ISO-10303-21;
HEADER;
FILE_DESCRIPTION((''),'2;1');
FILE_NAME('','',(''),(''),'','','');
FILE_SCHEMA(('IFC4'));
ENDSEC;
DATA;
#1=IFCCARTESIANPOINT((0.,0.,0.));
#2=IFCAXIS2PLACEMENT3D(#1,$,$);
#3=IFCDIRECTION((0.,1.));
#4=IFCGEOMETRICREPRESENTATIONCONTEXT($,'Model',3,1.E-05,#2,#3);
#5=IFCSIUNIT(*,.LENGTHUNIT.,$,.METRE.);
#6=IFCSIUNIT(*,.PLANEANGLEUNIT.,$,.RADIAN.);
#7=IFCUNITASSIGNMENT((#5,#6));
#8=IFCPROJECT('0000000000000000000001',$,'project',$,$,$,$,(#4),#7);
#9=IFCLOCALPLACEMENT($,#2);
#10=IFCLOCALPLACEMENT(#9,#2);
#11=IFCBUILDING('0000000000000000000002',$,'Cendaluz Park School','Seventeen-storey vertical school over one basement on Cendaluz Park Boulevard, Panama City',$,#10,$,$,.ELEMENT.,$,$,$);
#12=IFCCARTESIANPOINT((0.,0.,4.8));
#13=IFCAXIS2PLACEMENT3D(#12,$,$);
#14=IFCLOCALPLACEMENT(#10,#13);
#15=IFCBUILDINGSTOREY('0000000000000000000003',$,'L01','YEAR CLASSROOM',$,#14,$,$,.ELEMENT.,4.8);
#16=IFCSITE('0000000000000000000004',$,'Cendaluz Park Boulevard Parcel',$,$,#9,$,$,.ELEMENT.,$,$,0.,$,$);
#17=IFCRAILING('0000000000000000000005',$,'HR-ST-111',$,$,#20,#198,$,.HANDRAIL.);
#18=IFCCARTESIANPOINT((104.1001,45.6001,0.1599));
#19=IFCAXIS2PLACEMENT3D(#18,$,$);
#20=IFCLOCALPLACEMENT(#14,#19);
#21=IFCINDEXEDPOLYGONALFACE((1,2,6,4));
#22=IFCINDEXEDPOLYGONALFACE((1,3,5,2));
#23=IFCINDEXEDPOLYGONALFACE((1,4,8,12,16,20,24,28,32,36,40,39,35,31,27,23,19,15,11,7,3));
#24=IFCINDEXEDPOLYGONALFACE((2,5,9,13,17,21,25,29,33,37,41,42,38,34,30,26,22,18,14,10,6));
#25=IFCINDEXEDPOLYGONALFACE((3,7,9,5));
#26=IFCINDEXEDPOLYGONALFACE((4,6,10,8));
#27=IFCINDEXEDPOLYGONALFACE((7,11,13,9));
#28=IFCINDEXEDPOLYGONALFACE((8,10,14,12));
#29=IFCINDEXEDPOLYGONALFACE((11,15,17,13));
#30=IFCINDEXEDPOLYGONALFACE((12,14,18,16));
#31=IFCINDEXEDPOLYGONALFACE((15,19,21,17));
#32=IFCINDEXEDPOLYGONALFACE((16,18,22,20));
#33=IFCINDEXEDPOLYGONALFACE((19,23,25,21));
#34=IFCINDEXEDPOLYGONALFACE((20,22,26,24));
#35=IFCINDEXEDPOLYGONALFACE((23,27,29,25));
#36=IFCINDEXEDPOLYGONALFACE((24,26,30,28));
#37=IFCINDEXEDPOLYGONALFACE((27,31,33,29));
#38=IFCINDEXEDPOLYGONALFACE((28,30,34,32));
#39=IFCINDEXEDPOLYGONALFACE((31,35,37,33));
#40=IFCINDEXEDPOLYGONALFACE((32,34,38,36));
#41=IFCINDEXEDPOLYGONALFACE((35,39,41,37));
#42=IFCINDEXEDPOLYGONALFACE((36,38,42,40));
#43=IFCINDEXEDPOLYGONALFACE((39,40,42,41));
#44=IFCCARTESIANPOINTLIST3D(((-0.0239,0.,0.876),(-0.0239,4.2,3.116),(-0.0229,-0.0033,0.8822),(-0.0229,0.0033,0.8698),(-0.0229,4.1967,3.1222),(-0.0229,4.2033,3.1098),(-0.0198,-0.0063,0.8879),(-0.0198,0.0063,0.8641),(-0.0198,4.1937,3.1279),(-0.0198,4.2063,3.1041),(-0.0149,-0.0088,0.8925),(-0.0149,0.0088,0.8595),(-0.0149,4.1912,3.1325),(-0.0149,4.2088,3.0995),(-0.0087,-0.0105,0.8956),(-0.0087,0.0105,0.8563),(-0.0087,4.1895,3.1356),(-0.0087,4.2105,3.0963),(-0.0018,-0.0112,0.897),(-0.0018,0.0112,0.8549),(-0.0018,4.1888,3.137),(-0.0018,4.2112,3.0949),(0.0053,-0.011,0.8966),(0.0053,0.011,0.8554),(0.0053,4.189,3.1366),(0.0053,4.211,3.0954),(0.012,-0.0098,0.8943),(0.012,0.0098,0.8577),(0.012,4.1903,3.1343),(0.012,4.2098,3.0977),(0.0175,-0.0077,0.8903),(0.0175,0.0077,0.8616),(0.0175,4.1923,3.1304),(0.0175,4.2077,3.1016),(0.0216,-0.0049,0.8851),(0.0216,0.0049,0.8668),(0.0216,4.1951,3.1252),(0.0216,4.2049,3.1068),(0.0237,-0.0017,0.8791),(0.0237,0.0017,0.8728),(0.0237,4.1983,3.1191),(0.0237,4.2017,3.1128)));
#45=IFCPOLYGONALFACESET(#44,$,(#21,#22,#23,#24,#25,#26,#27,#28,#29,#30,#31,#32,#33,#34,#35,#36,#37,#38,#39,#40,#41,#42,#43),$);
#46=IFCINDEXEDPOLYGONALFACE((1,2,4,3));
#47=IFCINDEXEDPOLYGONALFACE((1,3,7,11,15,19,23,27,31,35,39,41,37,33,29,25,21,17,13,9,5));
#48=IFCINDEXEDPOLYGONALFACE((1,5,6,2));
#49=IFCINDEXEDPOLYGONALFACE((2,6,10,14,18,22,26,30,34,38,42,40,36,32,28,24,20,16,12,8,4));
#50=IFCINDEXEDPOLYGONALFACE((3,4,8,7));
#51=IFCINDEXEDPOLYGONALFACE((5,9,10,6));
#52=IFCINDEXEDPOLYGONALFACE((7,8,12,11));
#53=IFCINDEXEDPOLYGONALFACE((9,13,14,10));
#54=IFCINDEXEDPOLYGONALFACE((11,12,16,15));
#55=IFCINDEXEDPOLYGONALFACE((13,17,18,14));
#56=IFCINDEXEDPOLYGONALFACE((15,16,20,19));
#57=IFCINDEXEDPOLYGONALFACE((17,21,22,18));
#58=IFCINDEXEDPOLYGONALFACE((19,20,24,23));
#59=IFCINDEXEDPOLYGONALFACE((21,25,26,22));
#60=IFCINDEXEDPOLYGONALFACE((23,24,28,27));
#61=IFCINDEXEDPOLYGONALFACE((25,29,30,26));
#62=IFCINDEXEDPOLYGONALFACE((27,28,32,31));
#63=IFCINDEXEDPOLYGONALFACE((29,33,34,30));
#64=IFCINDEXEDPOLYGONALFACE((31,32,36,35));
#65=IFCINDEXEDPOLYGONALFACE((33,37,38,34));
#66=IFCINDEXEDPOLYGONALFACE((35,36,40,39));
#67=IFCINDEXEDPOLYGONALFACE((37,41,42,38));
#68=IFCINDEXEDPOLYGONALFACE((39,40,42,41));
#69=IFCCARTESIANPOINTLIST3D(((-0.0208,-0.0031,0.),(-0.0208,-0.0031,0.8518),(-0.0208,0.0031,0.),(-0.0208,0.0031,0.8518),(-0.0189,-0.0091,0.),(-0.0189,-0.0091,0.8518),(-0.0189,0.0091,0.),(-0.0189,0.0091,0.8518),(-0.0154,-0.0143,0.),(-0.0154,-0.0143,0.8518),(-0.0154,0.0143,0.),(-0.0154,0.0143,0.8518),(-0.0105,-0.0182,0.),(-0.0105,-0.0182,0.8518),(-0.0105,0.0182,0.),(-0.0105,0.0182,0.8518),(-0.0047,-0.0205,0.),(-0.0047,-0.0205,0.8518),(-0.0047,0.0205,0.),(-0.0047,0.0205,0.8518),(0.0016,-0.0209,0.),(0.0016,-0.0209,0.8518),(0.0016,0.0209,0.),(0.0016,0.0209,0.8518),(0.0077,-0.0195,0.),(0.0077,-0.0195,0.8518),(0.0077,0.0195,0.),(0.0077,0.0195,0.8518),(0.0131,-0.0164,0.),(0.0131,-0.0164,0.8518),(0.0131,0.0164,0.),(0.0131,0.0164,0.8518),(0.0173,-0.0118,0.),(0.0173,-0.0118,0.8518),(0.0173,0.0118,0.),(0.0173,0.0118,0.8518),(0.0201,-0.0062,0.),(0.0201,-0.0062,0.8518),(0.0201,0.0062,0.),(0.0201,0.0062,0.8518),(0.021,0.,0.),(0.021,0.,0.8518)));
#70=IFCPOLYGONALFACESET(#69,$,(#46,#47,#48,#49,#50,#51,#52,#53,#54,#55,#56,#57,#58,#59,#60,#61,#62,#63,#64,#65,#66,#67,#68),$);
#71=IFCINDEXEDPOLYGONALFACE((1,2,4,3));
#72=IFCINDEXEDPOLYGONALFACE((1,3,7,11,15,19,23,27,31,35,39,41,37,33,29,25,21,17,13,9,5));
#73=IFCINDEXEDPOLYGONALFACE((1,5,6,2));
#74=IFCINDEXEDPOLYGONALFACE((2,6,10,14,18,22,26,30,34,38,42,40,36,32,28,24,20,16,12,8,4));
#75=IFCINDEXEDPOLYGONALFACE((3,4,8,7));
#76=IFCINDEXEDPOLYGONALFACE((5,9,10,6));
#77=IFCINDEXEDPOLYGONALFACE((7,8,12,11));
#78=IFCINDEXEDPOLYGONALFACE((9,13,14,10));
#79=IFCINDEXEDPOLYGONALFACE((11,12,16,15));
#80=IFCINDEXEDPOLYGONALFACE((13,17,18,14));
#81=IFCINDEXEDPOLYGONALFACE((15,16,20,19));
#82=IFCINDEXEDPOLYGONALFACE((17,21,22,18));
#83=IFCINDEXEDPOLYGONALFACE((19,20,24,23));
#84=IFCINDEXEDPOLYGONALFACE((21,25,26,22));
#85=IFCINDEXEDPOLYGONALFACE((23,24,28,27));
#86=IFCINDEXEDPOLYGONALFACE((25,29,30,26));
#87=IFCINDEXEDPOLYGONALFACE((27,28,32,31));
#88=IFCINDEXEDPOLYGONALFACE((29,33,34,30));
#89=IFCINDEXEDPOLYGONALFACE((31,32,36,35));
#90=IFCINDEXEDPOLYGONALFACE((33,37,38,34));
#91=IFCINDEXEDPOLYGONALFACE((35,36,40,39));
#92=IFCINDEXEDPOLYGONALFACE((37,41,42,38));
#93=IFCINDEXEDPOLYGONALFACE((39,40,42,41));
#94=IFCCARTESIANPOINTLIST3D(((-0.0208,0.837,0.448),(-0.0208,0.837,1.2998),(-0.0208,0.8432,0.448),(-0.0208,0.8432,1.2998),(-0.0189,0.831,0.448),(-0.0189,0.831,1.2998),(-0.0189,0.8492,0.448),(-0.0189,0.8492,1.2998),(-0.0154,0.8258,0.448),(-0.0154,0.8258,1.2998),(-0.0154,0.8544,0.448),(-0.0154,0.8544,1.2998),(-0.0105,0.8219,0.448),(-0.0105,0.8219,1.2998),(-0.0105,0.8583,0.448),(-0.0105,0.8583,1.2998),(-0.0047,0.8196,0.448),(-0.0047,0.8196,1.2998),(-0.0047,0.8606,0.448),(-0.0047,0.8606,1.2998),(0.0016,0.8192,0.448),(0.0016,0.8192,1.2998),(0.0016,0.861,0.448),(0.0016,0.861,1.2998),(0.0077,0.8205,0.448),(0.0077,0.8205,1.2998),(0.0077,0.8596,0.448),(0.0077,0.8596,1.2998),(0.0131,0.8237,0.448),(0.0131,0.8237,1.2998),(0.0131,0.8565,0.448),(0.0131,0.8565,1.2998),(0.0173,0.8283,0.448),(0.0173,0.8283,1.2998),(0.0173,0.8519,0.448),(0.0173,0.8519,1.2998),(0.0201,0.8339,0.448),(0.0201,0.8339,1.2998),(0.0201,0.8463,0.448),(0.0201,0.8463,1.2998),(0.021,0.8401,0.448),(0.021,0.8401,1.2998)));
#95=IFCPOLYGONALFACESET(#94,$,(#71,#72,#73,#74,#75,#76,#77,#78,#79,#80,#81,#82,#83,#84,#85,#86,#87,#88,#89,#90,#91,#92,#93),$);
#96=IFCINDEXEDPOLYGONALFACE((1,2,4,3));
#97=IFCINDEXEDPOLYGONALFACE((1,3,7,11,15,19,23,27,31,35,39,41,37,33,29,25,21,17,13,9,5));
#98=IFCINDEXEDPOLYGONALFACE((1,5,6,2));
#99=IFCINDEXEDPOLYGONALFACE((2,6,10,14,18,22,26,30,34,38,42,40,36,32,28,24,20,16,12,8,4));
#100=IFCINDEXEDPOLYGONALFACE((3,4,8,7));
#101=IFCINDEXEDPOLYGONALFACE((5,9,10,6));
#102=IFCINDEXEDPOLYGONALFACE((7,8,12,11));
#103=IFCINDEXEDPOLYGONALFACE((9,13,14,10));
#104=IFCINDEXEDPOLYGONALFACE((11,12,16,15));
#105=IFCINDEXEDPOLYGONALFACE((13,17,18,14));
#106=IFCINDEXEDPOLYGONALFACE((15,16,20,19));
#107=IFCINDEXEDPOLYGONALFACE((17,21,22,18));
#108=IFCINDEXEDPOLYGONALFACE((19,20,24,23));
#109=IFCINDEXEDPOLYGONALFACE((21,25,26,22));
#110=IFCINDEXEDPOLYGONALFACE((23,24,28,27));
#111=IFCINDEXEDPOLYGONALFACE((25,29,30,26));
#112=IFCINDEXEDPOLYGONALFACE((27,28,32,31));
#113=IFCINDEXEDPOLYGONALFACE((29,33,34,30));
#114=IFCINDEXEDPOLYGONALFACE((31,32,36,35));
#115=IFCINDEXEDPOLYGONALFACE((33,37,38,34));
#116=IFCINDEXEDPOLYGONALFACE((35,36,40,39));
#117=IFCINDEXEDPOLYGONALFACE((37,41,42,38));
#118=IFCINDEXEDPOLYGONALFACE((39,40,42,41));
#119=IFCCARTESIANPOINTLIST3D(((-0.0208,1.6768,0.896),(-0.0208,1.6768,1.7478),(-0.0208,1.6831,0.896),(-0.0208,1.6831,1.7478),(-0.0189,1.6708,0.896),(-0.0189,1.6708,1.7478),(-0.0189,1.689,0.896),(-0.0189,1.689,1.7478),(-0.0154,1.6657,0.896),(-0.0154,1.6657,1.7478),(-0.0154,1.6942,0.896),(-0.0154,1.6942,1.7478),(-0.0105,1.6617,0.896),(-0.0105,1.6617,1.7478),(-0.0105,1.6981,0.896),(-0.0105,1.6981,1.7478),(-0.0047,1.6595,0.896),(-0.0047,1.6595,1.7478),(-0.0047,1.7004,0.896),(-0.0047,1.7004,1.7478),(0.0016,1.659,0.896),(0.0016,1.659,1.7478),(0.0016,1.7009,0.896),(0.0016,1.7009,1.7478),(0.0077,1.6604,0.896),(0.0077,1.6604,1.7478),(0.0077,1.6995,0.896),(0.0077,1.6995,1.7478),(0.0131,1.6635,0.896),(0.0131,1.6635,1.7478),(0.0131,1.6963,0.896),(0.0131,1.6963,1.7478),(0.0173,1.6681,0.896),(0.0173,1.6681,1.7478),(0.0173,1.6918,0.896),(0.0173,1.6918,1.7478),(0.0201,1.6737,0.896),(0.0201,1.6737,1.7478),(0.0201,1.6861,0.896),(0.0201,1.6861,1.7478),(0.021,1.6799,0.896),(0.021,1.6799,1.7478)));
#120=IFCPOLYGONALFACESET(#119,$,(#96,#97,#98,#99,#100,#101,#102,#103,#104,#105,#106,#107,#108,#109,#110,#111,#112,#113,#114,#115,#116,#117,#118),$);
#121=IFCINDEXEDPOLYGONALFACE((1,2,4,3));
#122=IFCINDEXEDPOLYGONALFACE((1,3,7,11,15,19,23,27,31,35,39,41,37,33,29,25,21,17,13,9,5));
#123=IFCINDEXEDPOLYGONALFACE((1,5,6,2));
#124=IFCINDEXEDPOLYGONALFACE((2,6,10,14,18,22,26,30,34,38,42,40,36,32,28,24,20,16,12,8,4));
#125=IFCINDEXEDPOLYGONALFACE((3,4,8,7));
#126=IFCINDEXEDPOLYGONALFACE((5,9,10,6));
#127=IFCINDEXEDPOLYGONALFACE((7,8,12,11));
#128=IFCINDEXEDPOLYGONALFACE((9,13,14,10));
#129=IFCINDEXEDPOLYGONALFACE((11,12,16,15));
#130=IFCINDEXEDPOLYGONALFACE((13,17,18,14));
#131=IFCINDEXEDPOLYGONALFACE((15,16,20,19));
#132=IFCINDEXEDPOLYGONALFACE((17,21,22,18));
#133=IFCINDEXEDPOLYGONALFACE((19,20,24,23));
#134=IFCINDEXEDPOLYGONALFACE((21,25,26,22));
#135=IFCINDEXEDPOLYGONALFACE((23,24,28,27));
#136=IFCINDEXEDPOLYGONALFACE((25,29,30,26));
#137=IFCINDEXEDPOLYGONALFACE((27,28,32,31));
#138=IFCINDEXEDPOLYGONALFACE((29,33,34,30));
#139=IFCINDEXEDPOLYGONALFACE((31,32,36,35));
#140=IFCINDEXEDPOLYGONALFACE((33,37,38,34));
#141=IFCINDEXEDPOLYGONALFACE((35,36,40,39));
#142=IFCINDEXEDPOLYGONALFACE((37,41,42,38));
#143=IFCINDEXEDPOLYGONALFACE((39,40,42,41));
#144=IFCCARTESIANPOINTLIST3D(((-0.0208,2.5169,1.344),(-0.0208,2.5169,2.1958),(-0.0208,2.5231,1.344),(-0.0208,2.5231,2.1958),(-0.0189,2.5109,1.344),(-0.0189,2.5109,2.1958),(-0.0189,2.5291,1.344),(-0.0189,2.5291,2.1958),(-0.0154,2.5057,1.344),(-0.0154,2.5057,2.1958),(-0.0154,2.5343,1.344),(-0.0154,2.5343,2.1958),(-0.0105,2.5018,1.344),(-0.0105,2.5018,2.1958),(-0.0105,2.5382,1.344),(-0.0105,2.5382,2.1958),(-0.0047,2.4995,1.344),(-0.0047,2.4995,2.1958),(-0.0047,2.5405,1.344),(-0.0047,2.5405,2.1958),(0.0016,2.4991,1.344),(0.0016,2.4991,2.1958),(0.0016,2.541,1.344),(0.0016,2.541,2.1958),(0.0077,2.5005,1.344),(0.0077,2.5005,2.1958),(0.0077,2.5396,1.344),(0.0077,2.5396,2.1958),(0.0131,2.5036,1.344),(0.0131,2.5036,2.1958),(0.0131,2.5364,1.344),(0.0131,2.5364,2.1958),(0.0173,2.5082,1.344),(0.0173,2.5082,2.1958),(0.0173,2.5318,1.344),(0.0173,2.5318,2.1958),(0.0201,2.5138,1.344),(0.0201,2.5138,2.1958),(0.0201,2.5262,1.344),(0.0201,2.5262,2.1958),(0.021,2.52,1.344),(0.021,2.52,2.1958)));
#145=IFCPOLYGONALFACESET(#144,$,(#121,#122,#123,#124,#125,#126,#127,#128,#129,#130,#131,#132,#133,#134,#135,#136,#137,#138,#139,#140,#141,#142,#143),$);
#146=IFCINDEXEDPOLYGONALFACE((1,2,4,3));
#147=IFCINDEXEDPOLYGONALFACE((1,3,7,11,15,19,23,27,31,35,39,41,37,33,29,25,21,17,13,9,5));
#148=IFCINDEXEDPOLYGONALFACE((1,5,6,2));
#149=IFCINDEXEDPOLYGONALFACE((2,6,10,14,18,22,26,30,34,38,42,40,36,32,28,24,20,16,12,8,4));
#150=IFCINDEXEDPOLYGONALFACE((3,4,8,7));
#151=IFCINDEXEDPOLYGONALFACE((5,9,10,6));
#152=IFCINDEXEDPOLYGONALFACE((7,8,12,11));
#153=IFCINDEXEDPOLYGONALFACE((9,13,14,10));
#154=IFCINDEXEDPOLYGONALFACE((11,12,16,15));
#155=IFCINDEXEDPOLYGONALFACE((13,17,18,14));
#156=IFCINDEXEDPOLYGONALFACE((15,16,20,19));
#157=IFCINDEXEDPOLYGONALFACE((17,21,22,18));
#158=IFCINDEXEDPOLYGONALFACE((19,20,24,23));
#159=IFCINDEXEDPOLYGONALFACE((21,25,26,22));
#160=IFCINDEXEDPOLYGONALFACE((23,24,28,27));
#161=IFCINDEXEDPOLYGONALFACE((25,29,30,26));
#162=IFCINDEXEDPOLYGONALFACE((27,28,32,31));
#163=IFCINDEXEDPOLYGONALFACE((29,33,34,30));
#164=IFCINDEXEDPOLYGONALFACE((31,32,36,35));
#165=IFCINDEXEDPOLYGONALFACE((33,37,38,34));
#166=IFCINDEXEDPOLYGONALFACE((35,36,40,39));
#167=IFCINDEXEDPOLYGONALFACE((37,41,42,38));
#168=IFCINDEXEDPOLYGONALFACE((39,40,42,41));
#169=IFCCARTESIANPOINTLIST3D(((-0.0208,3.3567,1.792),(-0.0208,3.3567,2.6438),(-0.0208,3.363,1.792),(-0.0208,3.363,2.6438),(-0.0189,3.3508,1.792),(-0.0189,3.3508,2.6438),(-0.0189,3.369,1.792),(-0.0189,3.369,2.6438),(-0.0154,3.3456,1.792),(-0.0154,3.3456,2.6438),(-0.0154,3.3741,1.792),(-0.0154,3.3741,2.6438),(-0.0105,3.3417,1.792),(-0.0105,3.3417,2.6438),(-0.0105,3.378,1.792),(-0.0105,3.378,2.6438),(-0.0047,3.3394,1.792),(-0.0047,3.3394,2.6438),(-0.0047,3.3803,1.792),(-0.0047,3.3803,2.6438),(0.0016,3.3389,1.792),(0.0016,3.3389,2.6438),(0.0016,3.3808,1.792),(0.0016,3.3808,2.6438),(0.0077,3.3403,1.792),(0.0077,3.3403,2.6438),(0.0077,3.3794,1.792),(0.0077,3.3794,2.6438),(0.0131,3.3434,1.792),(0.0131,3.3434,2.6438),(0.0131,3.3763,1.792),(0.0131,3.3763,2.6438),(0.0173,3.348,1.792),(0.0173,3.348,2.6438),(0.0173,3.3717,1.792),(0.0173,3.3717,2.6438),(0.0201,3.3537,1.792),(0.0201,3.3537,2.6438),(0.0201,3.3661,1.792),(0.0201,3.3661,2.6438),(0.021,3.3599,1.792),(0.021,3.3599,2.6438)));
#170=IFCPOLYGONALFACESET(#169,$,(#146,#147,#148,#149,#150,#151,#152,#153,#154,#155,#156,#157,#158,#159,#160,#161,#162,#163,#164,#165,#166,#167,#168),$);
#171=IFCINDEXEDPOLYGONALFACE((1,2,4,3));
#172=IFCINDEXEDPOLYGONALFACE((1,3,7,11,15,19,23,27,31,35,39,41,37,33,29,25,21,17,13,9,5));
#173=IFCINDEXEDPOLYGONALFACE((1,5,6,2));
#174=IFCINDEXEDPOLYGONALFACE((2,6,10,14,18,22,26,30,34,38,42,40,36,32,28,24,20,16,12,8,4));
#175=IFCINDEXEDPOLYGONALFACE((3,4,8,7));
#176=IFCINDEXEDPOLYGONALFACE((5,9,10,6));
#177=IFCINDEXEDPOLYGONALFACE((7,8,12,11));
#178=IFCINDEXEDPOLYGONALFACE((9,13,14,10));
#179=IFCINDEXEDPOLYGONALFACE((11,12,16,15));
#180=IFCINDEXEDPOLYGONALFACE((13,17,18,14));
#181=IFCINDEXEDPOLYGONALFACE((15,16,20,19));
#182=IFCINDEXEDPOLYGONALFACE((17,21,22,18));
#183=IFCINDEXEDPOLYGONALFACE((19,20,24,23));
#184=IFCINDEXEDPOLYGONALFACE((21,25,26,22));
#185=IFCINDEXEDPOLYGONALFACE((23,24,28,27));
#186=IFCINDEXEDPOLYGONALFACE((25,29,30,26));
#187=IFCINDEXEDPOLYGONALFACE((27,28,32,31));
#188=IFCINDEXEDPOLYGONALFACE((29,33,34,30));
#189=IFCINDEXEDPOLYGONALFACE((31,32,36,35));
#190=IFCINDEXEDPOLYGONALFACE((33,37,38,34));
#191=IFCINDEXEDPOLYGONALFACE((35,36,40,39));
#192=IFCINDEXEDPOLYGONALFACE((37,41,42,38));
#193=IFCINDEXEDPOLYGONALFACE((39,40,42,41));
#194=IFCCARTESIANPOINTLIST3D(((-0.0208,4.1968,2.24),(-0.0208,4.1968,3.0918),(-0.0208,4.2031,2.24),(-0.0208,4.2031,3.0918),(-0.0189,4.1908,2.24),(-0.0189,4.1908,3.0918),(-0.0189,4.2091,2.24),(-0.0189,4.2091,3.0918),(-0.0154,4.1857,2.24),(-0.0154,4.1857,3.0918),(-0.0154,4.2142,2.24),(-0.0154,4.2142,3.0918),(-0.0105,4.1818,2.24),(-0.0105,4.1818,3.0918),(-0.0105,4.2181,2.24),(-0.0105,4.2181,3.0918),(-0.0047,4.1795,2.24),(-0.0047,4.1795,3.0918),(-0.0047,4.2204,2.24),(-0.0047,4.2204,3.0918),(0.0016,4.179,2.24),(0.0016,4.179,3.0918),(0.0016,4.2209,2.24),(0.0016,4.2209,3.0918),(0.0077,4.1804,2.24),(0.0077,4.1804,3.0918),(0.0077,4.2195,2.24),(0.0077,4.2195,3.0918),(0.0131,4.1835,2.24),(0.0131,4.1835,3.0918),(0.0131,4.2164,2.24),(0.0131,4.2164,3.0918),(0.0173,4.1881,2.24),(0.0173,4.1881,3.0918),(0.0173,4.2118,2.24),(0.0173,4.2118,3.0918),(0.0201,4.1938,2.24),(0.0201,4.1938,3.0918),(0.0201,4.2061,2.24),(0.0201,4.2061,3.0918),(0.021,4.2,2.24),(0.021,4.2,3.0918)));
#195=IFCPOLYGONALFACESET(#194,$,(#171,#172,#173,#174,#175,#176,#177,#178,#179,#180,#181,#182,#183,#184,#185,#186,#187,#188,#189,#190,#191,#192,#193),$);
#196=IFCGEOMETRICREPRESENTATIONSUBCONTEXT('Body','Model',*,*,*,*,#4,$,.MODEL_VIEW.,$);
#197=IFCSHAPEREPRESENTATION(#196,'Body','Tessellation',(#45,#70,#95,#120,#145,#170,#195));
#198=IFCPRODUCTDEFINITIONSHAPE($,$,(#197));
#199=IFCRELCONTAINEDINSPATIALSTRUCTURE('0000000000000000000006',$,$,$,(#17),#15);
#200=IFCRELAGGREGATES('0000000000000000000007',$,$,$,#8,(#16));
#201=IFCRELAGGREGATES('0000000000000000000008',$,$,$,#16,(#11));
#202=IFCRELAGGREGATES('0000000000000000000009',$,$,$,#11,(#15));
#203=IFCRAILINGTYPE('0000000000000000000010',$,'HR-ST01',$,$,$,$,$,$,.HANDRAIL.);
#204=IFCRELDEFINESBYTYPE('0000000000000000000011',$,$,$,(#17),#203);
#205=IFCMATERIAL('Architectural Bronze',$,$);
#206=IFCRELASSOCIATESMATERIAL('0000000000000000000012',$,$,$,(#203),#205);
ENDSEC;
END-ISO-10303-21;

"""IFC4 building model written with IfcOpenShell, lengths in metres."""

from ifc_helpers import new_model, si_unit, direction, frame, origin, origin_2d, place, context, subcontext, project, spatial, circle, extrude, material, type_object, element, save


model = new_model("IFC4")

# Units and contexts
model_context = context("Model", 3, precision=1e-05, world=origin(), true_north=direction((0.0, 1.0)))
body_context = subcontext(model_context, "Body", "Model", "MODEL_VIEW")
ifc_project = project(units=[si_unit("LENGTHUNIT", "METRE"), si_unit("PLANEANGLEUNIT", "RADIAN")], contexts=[model_context])

# Site, building, storey
site_placement = place(None, origin())
site = spatial("IfcSite", under=ifc_project, at=site_placement, Name="Cendaluz Park Boulevard Parcel", CompositionType="ELEMENT", RefElevation=0.0)
building_placement = place(site_placement, origin())
building = spatial("IfcBuilding", under=site, at=building_placement, Name="Cendaluz Park School", Description="Seventeen-storey vertical school over one basement on Cendaluz Park Boulevard, Panama City", CompositionType="ELEMENT")
storey_placement = place(building_placement, frame((0.0, 0.0, 4.8)))
storey = spatial("IfcBuildingStorey", under=building, at=storey_placement, Name="L01", Description="YEAR CLASSROOM", CompositionType="ELEMENT", Elevation=4.8)

# Railing
ifc_material_1 = material(Name="Architectural Bronze")
railing_type_1 = type_object("IfcRailingType", Name="HR-ST01", PredefinedType="HANDRAIL", material=ifc_material_1)
railing_1_placement = place(storey_placement, frame((104.1001, 45.6001, 0.1599)))
element("IfcRailing", 1, at=railing_1_placement, inside=storey, type_object=railing_type_1, Name="HR-ST-111", PredefinedType="HANDRAIL", context=body_context, shape_type="SweptSolid", body=[
    extrude(circle(Radius=0.0239, at=origin_2d()), frame((0.0, 0.0, 0.876), z_axis=(0.0, 0.882352, 0.470591), x_axis=(-1.0, 0.0, 0.0)), (0.0, 0.0, 1.0), 4.76),
    extrude(circle(Radius=0.021, at=origin_2d()), origin(), (0.0, 0.0, 1.0), 0.8518),
    extrude(circle(Radius=0.021, at=origin_2d()), frame((0.0, 0.8401, 0.448)), (0.0, 0.0, 1.0), 0.8518),
    extrude(circle(Radius=0.021, at=origin_2d()), frame((0.0, 1.6799, 0.896)), (0.0, 0.0, 1.0), 0.8518),
    extrude(circle(Radius=0.021, at=origin_2d()), frame((0.0, 2.52, 1.344)), (0.0, 0.0, 1.0), 0.8518),
    extrude(circle(Radius=0.021, at=origin_2d()), frame((0.0, 3.3599, 1.792)), (0.0, 0.0, 1.0), 0.8518),
    extrude(circle(Radius=0.021, at=origin_2d()), frame((0.0, 4.2, 2.24)), (0.0, 0.0, 1.0), 0.8518),
])

save(model, "model.ifc")
